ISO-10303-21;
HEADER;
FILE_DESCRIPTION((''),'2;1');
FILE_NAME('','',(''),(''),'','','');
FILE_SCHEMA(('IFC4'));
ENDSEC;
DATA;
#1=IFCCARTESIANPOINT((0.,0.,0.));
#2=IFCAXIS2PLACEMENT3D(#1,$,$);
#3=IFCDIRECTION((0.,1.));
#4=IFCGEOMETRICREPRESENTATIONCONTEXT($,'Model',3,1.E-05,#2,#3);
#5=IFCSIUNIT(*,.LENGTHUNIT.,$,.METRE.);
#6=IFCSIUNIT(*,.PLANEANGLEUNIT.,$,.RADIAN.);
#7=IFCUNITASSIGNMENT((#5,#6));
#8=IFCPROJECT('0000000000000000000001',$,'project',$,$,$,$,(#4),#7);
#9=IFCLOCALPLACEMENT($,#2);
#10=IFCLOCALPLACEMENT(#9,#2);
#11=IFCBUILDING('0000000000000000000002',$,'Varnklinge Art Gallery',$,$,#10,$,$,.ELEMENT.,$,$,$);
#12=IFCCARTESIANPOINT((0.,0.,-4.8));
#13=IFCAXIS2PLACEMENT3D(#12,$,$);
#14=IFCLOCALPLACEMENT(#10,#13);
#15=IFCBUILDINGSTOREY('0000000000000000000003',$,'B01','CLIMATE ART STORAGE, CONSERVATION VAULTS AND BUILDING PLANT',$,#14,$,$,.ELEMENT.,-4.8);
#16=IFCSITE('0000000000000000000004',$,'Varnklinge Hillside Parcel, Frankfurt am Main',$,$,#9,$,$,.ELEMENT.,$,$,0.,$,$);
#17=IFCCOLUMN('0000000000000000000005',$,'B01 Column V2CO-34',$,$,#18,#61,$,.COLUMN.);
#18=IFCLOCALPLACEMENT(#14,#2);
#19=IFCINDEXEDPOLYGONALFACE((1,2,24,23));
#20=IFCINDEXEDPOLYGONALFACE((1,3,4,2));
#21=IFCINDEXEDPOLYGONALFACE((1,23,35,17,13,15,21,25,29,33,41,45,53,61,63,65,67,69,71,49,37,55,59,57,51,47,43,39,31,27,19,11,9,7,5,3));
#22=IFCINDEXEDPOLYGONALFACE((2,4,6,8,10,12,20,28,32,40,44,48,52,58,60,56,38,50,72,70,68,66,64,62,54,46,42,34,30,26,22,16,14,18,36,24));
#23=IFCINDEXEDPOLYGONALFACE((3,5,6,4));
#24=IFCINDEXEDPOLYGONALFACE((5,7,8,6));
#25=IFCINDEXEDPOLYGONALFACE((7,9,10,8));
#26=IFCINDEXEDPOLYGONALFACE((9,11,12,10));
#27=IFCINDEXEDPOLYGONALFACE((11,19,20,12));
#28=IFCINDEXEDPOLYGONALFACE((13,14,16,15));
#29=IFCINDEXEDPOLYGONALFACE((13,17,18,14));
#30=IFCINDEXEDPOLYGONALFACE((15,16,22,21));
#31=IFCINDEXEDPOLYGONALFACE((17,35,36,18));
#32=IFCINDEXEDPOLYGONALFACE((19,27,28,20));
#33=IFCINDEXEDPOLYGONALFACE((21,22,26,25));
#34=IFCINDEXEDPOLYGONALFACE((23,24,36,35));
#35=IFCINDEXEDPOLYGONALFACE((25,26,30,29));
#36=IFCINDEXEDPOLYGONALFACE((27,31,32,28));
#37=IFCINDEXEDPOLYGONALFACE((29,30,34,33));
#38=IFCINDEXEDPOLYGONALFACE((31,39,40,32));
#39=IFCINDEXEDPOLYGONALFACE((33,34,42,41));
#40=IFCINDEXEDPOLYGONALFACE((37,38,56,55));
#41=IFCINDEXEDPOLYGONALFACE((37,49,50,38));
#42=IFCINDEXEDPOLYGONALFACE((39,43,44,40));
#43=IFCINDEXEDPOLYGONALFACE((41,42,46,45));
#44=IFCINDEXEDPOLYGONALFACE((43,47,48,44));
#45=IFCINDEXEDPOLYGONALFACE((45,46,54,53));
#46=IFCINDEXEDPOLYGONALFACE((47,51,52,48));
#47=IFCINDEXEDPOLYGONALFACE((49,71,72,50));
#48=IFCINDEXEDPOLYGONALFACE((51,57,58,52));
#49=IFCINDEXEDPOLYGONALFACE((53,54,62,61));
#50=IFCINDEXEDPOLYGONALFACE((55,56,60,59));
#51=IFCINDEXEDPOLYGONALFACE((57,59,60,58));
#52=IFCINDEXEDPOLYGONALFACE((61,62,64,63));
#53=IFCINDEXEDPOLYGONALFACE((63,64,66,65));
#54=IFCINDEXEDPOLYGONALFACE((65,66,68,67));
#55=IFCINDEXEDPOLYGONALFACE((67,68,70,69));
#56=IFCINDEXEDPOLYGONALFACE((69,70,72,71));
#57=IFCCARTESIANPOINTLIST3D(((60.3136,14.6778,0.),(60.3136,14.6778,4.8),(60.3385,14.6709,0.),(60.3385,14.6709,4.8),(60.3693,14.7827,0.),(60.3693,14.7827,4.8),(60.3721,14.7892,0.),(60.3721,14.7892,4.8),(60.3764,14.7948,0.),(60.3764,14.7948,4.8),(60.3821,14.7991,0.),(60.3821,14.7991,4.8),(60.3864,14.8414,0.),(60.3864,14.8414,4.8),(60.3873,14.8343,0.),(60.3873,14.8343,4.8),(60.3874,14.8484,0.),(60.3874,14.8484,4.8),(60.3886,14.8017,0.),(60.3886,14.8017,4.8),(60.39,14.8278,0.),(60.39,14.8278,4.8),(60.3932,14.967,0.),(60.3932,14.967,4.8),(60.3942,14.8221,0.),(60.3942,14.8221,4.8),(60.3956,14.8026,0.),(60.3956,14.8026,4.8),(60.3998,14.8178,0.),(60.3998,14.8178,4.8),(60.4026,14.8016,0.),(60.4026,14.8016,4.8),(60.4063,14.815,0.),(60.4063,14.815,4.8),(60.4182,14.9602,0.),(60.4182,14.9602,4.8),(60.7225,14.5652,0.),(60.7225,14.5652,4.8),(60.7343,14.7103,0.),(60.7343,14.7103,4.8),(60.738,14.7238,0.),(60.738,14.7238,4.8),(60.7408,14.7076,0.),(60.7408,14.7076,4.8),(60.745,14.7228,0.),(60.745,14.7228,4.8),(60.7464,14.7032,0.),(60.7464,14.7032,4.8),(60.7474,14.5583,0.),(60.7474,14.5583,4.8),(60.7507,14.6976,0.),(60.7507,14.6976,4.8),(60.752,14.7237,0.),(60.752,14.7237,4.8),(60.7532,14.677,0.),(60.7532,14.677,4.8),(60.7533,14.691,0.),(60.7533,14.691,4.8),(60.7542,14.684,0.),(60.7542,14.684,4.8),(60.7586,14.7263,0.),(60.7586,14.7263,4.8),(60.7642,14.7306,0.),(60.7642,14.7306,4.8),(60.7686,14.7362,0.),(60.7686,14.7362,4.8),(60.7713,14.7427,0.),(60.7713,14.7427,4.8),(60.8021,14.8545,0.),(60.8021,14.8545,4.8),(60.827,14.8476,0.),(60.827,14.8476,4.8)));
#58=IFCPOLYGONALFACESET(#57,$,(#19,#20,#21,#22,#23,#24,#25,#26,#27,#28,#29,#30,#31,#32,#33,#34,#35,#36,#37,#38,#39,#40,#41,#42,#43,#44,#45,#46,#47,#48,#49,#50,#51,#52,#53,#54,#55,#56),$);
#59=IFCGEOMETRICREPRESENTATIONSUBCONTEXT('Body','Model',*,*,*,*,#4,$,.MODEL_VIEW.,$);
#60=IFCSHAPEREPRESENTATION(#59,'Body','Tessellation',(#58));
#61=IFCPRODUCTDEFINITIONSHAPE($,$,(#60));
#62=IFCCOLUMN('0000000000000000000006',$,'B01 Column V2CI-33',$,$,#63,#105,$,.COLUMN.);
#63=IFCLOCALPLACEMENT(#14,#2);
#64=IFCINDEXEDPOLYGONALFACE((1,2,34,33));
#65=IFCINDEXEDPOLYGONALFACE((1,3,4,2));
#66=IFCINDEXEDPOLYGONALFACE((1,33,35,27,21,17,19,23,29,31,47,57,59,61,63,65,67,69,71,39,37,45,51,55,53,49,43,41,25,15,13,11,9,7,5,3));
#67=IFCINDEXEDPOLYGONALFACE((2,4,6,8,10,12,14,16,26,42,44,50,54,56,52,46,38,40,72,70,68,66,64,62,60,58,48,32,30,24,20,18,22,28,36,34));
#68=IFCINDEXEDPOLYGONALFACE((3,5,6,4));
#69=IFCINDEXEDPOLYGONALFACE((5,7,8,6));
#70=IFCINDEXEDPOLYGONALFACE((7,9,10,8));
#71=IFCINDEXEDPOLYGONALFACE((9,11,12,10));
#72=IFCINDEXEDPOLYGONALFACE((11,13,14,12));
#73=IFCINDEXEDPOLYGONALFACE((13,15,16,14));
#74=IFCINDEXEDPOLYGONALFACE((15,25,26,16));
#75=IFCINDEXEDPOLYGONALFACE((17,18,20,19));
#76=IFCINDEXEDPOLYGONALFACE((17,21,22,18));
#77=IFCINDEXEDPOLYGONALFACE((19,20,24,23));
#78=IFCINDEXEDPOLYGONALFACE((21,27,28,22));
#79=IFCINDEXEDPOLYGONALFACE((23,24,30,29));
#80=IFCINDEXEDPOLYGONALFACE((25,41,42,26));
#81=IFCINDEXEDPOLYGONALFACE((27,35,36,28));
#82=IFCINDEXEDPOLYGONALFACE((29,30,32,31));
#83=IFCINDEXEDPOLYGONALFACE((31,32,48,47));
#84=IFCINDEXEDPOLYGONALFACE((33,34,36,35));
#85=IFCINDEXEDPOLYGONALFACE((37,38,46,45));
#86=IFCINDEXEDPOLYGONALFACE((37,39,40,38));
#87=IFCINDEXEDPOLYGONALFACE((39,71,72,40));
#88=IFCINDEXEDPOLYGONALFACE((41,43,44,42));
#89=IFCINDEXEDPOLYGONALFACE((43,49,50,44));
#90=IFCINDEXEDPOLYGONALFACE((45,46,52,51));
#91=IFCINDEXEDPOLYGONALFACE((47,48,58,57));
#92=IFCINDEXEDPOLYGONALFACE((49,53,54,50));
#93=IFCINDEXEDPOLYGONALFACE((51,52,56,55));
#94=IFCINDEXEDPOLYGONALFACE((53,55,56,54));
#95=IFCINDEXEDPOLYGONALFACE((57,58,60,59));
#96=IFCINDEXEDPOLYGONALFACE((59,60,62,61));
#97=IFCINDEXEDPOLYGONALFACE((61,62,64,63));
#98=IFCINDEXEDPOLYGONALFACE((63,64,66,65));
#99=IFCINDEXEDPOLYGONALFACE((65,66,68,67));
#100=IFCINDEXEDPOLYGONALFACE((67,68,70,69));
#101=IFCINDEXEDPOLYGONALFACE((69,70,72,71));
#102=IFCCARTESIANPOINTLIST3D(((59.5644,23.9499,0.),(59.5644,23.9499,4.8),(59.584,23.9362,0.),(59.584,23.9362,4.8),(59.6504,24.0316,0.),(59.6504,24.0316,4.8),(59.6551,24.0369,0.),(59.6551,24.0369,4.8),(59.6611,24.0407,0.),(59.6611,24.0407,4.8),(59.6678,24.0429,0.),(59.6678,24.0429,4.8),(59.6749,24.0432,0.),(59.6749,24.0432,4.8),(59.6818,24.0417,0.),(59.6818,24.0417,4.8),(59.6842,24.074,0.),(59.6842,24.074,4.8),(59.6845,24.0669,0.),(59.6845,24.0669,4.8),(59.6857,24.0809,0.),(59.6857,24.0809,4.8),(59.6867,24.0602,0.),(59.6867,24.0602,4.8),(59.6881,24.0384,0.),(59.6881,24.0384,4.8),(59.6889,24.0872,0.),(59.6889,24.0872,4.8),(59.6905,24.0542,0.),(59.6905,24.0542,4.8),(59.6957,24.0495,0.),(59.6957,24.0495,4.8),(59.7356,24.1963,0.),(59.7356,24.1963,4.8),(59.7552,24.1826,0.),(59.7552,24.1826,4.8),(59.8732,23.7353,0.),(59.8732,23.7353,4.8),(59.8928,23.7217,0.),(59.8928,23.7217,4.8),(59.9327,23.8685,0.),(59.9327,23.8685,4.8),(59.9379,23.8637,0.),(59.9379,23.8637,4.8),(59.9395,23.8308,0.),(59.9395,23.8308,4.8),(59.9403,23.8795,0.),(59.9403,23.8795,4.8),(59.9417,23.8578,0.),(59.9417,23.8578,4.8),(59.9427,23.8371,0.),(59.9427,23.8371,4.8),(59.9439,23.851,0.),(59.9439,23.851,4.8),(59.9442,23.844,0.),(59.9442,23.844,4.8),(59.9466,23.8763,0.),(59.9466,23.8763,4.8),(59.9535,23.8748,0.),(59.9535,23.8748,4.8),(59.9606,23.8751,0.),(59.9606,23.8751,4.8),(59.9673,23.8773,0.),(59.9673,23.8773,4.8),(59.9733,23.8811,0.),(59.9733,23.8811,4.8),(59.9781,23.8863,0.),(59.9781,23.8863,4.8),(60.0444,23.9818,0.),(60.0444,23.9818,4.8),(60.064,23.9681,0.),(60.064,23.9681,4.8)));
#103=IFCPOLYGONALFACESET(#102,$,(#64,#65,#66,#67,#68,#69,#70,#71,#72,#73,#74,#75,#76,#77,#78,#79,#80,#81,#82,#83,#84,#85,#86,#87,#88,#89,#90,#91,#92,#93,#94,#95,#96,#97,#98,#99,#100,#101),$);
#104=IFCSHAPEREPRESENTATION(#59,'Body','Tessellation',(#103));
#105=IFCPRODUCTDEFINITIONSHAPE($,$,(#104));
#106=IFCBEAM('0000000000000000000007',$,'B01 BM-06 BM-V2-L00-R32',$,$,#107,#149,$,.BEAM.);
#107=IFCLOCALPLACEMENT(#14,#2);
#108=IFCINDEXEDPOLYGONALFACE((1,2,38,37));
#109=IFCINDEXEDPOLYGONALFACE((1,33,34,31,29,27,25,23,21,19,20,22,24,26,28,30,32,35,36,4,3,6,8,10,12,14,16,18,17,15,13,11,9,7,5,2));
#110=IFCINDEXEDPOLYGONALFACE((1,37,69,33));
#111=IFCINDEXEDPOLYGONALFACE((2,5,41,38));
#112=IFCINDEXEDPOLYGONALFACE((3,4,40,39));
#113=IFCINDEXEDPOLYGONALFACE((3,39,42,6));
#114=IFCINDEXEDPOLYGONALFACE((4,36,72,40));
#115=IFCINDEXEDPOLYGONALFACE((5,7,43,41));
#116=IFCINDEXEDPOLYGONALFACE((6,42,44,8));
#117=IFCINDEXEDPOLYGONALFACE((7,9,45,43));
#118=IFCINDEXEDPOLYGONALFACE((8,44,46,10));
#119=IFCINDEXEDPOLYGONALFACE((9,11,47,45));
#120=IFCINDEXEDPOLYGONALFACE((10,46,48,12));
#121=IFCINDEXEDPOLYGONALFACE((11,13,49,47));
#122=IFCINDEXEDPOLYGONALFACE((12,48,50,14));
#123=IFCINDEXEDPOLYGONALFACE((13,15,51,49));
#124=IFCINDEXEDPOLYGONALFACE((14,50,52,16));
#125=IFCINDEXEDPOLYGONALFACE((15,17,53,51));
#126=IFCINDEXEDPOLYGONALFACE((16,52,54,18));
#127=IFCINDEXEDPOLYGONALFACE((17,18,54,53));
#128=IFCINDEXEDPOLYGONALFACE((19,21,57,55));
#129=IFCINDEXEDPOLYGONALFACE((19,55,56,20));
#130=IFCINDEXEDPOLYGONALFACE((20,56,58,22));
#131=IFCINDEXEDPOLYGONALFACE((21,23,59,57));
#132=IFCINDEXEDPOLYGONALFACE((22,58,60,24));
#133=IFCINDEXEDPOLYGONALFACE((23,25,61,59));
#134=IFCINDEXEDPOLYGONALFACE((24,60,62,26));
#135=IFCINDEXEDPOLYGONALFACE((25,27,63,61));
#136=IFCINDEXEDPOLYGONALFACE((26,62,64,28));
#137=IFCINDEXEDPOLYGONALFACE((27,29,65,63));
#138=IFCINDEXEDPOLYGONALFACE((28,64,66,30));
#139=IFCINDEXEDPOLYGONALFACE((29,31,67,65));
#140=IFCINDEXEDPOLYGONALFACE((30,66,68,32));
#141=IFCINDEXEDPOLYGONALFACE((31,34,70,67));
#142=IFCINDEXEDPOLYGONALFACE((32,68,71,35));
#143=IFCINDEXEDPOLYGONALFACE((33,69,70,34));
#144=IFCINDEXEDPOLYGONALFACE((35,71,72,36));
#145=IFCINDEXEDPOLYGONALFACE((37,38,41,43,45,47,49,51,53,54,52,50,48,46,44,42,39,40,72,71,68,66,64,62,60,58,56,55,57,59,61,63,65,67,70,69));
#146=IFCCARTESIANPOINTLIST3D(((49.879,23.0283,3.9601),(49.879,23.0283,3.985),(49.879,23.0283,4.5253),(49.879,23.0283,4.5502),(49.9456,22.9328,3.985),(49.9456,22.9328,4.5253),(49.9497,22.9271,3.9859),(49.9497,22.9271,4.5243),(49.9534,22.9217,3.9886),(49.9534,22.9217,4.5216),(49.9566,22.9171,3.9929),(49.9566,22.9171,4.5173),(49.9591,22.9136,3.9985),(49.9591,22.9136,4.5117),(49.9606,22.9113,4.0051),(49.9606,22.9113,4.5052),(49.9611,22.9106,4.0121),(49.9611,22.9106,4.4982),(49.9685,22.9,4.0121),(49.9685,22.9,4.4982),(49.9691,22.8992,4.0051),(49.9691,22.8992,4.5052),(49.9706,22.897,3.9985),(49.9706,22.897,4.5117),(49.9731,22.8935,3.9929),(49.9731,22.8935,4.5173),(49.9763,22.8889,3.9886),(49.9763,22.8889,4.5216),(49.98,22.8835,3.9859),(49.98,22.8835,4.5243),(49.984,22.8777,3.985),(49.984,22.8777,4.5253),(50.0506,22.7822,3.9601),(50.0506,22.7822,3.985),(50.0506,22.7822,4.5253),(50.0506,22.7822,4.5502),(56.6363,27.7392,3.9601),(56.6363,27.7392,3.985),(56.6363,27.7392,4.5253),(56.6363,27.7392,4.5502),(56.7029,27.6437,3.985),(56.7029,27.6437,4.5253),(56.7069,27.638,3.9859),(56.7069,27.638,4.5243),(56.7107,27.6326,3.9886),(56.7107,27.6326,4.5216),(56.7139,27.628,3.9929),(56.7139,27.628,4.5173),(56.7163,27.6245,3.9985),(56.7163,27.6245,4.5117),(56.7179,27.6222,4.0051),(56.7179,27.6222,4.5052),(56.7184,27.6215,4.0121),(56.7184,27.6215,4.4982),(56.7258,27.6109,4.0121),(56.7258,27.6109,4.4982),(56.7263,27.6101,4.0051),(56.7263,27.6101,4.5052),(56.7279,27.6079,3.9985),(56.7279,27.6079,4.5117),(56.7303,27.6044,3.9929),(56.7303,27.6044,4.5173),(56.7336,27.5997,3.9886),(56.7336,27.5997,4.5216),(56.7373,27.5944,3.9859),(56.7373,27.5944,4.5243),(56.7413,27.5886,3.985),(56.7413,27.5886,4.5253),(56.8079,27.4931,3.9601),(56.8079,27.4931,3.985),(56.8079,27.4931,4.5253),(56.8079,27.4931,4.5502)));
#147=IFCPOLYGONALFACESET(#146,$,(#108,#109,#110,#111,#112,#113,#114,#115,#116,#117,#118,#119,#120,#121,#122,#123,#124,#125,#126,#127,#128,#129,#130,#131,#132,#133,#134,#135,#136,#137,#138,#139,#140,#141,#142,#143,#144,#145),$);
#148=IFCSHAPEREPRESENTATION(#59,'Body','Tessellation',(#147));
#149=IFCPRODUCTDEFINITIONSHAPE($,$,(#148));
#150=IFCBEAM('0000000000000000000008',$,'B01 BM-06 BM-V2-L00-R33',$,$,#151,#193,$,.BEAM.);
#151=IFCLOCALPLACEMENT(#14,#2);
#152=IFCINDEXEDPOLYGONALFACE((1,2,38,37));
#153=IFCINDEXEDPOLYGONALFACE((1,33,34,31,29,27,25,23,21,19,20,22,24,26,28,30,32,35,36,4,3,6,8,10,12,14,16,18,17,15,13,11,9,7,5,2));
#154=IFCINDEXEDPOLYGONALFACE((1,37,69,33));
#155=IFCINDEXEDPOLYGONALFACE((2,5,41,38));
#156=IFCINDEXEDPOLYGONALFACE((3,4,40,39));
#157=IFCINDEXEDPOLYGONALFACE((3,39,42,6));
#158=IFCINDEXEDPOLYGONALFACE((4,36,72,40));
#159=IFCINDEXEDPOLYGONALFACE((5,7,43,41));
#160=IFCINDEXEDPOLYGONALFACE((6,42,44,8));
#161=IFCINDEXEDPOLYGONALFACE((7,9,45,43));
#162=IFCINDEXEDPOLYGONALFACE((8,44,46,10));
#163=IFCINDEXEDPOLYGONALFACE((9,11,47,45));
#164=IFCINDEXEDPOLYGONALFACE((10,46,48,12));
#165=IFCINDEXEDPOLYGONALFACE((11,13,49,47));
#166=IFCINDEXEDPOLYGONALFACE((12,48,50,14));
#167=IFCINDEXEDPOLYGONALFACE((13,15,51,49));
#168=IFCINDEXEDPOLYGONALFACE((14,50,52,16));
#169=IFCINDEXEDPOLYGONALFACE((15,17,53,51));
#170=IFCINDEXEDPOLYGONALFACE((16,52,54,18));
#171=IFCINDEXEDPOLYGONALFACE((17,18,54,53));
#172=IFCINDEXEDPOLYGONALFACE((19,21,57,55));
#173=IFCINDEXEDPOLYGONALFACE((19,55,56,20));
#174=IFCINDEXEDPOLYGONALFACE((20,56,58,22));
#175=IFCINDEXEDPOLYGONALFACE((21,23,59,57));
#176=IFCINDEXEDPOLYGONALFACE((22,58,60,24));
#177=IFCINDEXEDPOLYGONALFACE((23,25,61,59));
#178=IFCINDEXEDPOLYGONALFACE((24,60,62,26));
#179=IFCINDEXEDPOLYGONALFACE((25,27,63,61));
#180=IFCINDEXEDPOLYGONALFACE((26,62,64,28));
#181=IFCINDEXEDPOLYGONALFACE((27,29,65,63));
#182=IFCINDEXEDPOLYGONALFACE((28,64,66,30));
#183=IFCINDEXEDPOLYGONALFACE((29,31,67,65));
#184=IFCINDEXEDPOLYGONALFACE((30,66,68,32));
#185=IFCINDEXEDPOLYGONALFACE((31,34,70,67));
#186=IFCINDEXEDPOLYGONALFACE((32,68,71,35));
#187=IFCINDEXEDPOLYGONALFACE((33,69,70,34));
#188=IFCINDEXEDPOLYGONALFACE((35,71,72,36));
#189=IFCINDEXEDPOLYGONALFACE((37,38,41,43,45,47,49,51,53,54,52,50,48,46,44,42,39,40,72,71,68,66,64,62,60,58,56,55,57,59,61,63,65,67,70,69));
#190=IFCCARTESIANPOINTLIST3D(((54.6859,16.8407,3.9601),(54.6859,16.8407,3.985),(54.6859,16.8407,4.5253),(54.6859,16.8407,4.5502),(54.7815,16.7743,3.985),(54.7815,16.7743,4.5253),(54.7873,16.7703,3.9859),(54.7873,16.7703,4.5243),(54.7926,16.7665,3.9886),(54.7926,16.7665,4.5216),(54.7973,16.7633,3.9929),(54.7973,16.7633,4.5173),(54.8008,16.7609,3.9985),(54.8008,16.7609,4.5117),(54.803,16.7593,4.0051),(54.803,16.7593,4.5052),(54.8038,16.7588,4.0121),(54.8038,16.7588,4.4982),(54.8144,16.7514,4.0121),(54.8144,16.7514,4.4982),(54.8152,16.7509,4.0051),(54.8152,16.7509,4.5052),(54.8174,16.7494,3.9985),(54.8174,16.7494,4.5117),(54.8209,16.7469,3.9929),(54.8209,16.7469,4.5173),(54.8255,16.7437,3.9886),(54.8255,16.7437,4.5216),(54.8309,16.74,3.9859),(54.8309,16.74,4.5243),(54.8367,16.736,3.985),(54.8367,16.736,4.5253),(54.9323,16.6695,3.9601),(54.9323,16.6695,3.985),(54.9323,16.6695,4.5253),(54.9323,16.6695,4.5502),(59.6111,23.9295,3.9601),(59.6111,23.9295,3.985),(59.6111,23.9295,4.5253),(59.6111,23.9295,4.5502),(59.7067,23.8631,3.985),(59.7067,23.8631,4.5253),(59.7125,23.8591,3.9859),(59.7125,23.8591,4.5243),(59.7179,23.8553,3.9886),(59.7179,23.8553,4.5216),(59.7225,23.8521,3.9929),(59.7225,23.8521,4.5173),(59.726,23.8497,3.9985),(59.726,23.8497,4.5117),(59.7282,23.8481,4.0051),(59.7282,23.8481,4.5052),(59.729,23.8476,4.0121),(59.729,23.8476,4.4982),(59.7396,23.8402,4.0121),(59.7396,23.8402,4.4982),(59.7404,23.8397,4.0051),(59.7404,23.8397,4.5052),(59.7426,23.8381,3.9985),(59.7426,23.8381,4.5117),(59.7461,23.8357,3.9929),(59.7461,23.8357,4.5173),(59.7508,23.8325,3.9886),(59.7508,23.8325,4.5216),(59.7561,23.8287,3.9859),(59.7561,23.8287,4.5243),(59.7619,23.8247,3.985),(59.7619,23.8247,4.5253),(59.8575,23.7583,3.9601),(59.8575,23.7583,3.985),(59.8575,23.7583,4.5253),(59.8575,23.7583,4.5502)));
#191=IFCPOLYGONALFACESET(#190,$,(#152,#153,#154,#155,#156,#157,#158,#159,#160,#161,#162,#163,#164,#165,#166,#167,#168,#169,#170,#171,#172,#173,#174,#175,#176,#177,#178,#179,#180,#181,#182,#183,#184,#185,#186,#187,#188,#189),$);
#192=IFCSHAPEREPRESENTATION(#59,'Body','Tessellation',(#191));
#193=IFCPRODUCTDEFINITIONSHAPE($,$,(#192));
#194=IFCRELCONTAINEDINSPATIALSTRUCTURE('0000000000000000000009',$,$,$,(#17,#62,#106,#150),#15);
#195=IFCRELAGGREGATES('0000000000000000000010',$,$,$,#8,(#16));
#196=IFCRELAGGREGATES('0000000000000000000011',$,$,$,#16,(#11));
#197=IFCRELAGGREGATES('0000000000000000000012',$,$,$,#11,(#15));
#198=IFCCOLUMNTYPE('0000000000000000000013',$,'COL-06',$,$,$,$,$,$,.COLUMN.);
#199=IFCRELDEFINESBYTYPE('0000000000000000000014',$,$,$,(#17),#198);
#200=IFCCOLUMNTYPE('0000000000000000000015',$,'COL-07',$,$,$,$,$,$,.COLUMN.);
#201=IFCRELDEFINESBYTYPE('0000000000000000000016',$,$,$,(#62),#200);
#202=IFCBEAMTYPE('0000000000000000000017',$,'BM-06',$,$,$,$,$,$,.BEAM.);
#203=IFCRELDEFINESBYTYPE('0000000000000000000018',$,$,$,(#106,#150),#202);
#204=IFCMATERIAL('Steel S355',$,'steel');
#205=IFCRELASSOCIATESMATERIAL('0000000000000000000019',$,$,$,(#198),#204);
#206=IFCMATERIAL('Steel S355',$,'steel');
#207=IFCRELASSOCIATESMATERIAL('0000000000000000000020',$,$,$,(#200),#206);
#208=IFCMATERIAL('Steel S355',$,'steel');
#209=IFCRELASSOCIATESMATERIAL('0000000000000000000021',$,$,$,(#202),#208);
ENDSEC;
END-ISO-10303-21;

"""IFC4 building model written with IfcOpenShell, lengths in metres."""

from ifc_helpers import new_model, si_unit, direction, frame, origin, origin_2d, place, context, subcontext, project, spatial, i_section, extrude, material, material_profile, profile_set, type_object, element, save


model = new_model("IFC4")

# Units and contexts
model_context = context("Model", 3, precision=1e-05, world=origin(), true_north=direction((0.0, 1.0)))
body_context = subcontext(model_context, "Body", "Model", "MODEL_VIEW")
ifc_project = project(units=[si_unit("LENGTHUNIT", "METRE"), si_unit("PLANEANGLEUNIT", "RADIAN")], contexts=[model_context])

# Site, building, storey
site_placement = place(None, origin())
site = spatial("IfcSite", under=ifc_project, at=site_placement, Name="Varnklinge Hillside Parcel, Frankfurt am Main", CompositionType="ELEMENT", RefElevation=0.0)
building_placement = place(site_placement, origin())
building = spatial("IfcBuilding", under=site, at=building_placement, Name="Varnklinge Art Gallery", CompositionType="ELEMENT")
storey_placement = place(building_placement, frame((0.0, 0.0, -4.8)))
storey = spatial("IfcBuildingStorey", under=building, at=storey_placement, Name="B01", Description="CLIMATE ART STORAGE, CONSERVATION VAULTS AND BUILDING PLANT", CompositionType="ELEMENT", Elevation=-4.8)

# Columns
ifc_material_1 = material(Name="Steel S355", Category="steel")
ifc_material_profile_1 = material_profile(ifc_material_1, i_section(OverallWidth=0.3, OverallDepth=0.45, WebThickness=0.0139, FlangeThickness=0.0259, FilletRadius=0.0271, at=origin_2d()), Name="HEB 450")
ifc_profile_set_1 = profile_set([ifc_material_profile_1], Name="Steel S355")
column_type_1 = type_object("IfcColumnType", Name="COL-06", PredefinedType="COLUMN", material=ifc_profile_set_1)
for number, where, z_axis, x_axis, name in (
    (1, (60.5703, 14.7627, 0.0), (0.0, 0.0, 1.0), (0.265388, 0.964142, 0.0), "B01 Column V2CO-34"),
):
    element("IfcColumn", number, at=place(storey_placement, frame(where, z_axis=z_axis, x_axis=x_axis)), inside=storey, type_object=column_type_1, Name=name, PredefinedType="COLUMN", context=body_context, shape_type="SweptSolid", body=[
        extrude(i_section(OverallWidth=0.3, OverallDepth=0.45, WebThickness=0.0139, FlangeThickness=0.0259, FilletRadius=0.0271, at=origin_2d()), origin(), (0.0, 0.0, 1.0), 4.8),
    ])
ifc_material_2 = material(Name="Steel S355", Category="steel")
ifc_material_profile_2 = material_profile(ifc_material_2, i_section(OverallWidth=0.3, OverallDepth=0.3999, WebThickness=0.0134, FlangeThickness=0.0239, FilletRadius=0.0271, at=origin_2d()), Name="HEB 400")
ifc_profile_set_2 = profile_set([ifc_material_profile_2], Name="Steel S355")
column_type_2 = type_object("IfcColumnType", Name="COL-07", PredefinedType="COLUMN", material=ifc_profile_set_2)
column_placement = place(storey_placement, frame((59.8142, 23.959, 0.0), z_axis=(0.0, 0.0, 1.0), x_axis=(0.57057, 0.821249, 0.0)))
element("IfcColumn", 2, at=column_placement, inside=storey, type_object=column_type_2, Name="B01 Column V2CI-33", PredefinedType="COLUMN", context=body_context, shape_type="SweptSolid", body=[
    extrude(i_section(OverallWidth=0.3, OverallDepth=0.3999, WebThickness=0.0134, FlangeThickness=0.0239, FilletRadius=0.0271, at=origin_2d()), origin(), (0.0, 0.0, 1.0), 4.8),
])

# Beams
ifc_material_3 = material(Name="Steel S355", Category="steel")
ifc_material_profile_3 = material_profile(ifc_material_3, i_section(OverallWidth=0.3, OverallDepth=0.5901, WebThickness=0.0129, FlangeThickness=0.0249, FilletRadius=0.0271, at=origin_2d()), Name="HEA 600")
ifc_profile_set_3 = profile_set([ifc_material_profile_3], Name="Steel S355")
beam_type_1 = type_object("IfcBeamType", Name="BM-06", PredefinedType="BEAM", material=ifc_profile_set_3)
beam_1_placement = place(storey_placement, frame((49.9648, 22.9053, 4.2551), z_axis=(0.820325, 0.571898, 0.0), x_axis=(-0.571898, 0.820325, 0.0)))
element("IfcBeam", 3, at=beam_1_placement, inside=storey, type_object=beam_type_1, Name="B01 BM-06 BM-V2-L00-R32", PredefinedType="BEAM", context=body_context, shape_type="SweptSolid", body=[
    extrude(i_section(OverallWidth=0.3, OverallDepth=0.5901, WebThickness=0.0129, FlangeThickness=0.0249, FilletRadius=0.0271, at=origin_2d()), origin(), (0.0, 0.0, 1.0), 8.2373),
])
beam_2_placement = place(storey_placement, frame((54.8091, 16.7551, 4.2551), z_axis=(0.570589, 0.821236, 0.0), x_axis=(-0.821236, 0.570589, 0.0)))
element("IfcBeam", 4, at=beam_2_placement, inside=storey, type_object=beam_type_1, Name="B01 BM-06 BM-V2-L00-R33", PredefinedType="BEAM", context=body_context, shape_type="SweptSolid", body=[
    extrude(i_section(OverallWidth=0.3, OverallDepth=0.5901, WebThickness=0.0129, FlangeThickness=0.0249, FilletRadius=0.0271, at=origin_2d()), origin(), (0.0, 0.0, 1.0), 8.6318),
])

save(model, "model.ifc")
